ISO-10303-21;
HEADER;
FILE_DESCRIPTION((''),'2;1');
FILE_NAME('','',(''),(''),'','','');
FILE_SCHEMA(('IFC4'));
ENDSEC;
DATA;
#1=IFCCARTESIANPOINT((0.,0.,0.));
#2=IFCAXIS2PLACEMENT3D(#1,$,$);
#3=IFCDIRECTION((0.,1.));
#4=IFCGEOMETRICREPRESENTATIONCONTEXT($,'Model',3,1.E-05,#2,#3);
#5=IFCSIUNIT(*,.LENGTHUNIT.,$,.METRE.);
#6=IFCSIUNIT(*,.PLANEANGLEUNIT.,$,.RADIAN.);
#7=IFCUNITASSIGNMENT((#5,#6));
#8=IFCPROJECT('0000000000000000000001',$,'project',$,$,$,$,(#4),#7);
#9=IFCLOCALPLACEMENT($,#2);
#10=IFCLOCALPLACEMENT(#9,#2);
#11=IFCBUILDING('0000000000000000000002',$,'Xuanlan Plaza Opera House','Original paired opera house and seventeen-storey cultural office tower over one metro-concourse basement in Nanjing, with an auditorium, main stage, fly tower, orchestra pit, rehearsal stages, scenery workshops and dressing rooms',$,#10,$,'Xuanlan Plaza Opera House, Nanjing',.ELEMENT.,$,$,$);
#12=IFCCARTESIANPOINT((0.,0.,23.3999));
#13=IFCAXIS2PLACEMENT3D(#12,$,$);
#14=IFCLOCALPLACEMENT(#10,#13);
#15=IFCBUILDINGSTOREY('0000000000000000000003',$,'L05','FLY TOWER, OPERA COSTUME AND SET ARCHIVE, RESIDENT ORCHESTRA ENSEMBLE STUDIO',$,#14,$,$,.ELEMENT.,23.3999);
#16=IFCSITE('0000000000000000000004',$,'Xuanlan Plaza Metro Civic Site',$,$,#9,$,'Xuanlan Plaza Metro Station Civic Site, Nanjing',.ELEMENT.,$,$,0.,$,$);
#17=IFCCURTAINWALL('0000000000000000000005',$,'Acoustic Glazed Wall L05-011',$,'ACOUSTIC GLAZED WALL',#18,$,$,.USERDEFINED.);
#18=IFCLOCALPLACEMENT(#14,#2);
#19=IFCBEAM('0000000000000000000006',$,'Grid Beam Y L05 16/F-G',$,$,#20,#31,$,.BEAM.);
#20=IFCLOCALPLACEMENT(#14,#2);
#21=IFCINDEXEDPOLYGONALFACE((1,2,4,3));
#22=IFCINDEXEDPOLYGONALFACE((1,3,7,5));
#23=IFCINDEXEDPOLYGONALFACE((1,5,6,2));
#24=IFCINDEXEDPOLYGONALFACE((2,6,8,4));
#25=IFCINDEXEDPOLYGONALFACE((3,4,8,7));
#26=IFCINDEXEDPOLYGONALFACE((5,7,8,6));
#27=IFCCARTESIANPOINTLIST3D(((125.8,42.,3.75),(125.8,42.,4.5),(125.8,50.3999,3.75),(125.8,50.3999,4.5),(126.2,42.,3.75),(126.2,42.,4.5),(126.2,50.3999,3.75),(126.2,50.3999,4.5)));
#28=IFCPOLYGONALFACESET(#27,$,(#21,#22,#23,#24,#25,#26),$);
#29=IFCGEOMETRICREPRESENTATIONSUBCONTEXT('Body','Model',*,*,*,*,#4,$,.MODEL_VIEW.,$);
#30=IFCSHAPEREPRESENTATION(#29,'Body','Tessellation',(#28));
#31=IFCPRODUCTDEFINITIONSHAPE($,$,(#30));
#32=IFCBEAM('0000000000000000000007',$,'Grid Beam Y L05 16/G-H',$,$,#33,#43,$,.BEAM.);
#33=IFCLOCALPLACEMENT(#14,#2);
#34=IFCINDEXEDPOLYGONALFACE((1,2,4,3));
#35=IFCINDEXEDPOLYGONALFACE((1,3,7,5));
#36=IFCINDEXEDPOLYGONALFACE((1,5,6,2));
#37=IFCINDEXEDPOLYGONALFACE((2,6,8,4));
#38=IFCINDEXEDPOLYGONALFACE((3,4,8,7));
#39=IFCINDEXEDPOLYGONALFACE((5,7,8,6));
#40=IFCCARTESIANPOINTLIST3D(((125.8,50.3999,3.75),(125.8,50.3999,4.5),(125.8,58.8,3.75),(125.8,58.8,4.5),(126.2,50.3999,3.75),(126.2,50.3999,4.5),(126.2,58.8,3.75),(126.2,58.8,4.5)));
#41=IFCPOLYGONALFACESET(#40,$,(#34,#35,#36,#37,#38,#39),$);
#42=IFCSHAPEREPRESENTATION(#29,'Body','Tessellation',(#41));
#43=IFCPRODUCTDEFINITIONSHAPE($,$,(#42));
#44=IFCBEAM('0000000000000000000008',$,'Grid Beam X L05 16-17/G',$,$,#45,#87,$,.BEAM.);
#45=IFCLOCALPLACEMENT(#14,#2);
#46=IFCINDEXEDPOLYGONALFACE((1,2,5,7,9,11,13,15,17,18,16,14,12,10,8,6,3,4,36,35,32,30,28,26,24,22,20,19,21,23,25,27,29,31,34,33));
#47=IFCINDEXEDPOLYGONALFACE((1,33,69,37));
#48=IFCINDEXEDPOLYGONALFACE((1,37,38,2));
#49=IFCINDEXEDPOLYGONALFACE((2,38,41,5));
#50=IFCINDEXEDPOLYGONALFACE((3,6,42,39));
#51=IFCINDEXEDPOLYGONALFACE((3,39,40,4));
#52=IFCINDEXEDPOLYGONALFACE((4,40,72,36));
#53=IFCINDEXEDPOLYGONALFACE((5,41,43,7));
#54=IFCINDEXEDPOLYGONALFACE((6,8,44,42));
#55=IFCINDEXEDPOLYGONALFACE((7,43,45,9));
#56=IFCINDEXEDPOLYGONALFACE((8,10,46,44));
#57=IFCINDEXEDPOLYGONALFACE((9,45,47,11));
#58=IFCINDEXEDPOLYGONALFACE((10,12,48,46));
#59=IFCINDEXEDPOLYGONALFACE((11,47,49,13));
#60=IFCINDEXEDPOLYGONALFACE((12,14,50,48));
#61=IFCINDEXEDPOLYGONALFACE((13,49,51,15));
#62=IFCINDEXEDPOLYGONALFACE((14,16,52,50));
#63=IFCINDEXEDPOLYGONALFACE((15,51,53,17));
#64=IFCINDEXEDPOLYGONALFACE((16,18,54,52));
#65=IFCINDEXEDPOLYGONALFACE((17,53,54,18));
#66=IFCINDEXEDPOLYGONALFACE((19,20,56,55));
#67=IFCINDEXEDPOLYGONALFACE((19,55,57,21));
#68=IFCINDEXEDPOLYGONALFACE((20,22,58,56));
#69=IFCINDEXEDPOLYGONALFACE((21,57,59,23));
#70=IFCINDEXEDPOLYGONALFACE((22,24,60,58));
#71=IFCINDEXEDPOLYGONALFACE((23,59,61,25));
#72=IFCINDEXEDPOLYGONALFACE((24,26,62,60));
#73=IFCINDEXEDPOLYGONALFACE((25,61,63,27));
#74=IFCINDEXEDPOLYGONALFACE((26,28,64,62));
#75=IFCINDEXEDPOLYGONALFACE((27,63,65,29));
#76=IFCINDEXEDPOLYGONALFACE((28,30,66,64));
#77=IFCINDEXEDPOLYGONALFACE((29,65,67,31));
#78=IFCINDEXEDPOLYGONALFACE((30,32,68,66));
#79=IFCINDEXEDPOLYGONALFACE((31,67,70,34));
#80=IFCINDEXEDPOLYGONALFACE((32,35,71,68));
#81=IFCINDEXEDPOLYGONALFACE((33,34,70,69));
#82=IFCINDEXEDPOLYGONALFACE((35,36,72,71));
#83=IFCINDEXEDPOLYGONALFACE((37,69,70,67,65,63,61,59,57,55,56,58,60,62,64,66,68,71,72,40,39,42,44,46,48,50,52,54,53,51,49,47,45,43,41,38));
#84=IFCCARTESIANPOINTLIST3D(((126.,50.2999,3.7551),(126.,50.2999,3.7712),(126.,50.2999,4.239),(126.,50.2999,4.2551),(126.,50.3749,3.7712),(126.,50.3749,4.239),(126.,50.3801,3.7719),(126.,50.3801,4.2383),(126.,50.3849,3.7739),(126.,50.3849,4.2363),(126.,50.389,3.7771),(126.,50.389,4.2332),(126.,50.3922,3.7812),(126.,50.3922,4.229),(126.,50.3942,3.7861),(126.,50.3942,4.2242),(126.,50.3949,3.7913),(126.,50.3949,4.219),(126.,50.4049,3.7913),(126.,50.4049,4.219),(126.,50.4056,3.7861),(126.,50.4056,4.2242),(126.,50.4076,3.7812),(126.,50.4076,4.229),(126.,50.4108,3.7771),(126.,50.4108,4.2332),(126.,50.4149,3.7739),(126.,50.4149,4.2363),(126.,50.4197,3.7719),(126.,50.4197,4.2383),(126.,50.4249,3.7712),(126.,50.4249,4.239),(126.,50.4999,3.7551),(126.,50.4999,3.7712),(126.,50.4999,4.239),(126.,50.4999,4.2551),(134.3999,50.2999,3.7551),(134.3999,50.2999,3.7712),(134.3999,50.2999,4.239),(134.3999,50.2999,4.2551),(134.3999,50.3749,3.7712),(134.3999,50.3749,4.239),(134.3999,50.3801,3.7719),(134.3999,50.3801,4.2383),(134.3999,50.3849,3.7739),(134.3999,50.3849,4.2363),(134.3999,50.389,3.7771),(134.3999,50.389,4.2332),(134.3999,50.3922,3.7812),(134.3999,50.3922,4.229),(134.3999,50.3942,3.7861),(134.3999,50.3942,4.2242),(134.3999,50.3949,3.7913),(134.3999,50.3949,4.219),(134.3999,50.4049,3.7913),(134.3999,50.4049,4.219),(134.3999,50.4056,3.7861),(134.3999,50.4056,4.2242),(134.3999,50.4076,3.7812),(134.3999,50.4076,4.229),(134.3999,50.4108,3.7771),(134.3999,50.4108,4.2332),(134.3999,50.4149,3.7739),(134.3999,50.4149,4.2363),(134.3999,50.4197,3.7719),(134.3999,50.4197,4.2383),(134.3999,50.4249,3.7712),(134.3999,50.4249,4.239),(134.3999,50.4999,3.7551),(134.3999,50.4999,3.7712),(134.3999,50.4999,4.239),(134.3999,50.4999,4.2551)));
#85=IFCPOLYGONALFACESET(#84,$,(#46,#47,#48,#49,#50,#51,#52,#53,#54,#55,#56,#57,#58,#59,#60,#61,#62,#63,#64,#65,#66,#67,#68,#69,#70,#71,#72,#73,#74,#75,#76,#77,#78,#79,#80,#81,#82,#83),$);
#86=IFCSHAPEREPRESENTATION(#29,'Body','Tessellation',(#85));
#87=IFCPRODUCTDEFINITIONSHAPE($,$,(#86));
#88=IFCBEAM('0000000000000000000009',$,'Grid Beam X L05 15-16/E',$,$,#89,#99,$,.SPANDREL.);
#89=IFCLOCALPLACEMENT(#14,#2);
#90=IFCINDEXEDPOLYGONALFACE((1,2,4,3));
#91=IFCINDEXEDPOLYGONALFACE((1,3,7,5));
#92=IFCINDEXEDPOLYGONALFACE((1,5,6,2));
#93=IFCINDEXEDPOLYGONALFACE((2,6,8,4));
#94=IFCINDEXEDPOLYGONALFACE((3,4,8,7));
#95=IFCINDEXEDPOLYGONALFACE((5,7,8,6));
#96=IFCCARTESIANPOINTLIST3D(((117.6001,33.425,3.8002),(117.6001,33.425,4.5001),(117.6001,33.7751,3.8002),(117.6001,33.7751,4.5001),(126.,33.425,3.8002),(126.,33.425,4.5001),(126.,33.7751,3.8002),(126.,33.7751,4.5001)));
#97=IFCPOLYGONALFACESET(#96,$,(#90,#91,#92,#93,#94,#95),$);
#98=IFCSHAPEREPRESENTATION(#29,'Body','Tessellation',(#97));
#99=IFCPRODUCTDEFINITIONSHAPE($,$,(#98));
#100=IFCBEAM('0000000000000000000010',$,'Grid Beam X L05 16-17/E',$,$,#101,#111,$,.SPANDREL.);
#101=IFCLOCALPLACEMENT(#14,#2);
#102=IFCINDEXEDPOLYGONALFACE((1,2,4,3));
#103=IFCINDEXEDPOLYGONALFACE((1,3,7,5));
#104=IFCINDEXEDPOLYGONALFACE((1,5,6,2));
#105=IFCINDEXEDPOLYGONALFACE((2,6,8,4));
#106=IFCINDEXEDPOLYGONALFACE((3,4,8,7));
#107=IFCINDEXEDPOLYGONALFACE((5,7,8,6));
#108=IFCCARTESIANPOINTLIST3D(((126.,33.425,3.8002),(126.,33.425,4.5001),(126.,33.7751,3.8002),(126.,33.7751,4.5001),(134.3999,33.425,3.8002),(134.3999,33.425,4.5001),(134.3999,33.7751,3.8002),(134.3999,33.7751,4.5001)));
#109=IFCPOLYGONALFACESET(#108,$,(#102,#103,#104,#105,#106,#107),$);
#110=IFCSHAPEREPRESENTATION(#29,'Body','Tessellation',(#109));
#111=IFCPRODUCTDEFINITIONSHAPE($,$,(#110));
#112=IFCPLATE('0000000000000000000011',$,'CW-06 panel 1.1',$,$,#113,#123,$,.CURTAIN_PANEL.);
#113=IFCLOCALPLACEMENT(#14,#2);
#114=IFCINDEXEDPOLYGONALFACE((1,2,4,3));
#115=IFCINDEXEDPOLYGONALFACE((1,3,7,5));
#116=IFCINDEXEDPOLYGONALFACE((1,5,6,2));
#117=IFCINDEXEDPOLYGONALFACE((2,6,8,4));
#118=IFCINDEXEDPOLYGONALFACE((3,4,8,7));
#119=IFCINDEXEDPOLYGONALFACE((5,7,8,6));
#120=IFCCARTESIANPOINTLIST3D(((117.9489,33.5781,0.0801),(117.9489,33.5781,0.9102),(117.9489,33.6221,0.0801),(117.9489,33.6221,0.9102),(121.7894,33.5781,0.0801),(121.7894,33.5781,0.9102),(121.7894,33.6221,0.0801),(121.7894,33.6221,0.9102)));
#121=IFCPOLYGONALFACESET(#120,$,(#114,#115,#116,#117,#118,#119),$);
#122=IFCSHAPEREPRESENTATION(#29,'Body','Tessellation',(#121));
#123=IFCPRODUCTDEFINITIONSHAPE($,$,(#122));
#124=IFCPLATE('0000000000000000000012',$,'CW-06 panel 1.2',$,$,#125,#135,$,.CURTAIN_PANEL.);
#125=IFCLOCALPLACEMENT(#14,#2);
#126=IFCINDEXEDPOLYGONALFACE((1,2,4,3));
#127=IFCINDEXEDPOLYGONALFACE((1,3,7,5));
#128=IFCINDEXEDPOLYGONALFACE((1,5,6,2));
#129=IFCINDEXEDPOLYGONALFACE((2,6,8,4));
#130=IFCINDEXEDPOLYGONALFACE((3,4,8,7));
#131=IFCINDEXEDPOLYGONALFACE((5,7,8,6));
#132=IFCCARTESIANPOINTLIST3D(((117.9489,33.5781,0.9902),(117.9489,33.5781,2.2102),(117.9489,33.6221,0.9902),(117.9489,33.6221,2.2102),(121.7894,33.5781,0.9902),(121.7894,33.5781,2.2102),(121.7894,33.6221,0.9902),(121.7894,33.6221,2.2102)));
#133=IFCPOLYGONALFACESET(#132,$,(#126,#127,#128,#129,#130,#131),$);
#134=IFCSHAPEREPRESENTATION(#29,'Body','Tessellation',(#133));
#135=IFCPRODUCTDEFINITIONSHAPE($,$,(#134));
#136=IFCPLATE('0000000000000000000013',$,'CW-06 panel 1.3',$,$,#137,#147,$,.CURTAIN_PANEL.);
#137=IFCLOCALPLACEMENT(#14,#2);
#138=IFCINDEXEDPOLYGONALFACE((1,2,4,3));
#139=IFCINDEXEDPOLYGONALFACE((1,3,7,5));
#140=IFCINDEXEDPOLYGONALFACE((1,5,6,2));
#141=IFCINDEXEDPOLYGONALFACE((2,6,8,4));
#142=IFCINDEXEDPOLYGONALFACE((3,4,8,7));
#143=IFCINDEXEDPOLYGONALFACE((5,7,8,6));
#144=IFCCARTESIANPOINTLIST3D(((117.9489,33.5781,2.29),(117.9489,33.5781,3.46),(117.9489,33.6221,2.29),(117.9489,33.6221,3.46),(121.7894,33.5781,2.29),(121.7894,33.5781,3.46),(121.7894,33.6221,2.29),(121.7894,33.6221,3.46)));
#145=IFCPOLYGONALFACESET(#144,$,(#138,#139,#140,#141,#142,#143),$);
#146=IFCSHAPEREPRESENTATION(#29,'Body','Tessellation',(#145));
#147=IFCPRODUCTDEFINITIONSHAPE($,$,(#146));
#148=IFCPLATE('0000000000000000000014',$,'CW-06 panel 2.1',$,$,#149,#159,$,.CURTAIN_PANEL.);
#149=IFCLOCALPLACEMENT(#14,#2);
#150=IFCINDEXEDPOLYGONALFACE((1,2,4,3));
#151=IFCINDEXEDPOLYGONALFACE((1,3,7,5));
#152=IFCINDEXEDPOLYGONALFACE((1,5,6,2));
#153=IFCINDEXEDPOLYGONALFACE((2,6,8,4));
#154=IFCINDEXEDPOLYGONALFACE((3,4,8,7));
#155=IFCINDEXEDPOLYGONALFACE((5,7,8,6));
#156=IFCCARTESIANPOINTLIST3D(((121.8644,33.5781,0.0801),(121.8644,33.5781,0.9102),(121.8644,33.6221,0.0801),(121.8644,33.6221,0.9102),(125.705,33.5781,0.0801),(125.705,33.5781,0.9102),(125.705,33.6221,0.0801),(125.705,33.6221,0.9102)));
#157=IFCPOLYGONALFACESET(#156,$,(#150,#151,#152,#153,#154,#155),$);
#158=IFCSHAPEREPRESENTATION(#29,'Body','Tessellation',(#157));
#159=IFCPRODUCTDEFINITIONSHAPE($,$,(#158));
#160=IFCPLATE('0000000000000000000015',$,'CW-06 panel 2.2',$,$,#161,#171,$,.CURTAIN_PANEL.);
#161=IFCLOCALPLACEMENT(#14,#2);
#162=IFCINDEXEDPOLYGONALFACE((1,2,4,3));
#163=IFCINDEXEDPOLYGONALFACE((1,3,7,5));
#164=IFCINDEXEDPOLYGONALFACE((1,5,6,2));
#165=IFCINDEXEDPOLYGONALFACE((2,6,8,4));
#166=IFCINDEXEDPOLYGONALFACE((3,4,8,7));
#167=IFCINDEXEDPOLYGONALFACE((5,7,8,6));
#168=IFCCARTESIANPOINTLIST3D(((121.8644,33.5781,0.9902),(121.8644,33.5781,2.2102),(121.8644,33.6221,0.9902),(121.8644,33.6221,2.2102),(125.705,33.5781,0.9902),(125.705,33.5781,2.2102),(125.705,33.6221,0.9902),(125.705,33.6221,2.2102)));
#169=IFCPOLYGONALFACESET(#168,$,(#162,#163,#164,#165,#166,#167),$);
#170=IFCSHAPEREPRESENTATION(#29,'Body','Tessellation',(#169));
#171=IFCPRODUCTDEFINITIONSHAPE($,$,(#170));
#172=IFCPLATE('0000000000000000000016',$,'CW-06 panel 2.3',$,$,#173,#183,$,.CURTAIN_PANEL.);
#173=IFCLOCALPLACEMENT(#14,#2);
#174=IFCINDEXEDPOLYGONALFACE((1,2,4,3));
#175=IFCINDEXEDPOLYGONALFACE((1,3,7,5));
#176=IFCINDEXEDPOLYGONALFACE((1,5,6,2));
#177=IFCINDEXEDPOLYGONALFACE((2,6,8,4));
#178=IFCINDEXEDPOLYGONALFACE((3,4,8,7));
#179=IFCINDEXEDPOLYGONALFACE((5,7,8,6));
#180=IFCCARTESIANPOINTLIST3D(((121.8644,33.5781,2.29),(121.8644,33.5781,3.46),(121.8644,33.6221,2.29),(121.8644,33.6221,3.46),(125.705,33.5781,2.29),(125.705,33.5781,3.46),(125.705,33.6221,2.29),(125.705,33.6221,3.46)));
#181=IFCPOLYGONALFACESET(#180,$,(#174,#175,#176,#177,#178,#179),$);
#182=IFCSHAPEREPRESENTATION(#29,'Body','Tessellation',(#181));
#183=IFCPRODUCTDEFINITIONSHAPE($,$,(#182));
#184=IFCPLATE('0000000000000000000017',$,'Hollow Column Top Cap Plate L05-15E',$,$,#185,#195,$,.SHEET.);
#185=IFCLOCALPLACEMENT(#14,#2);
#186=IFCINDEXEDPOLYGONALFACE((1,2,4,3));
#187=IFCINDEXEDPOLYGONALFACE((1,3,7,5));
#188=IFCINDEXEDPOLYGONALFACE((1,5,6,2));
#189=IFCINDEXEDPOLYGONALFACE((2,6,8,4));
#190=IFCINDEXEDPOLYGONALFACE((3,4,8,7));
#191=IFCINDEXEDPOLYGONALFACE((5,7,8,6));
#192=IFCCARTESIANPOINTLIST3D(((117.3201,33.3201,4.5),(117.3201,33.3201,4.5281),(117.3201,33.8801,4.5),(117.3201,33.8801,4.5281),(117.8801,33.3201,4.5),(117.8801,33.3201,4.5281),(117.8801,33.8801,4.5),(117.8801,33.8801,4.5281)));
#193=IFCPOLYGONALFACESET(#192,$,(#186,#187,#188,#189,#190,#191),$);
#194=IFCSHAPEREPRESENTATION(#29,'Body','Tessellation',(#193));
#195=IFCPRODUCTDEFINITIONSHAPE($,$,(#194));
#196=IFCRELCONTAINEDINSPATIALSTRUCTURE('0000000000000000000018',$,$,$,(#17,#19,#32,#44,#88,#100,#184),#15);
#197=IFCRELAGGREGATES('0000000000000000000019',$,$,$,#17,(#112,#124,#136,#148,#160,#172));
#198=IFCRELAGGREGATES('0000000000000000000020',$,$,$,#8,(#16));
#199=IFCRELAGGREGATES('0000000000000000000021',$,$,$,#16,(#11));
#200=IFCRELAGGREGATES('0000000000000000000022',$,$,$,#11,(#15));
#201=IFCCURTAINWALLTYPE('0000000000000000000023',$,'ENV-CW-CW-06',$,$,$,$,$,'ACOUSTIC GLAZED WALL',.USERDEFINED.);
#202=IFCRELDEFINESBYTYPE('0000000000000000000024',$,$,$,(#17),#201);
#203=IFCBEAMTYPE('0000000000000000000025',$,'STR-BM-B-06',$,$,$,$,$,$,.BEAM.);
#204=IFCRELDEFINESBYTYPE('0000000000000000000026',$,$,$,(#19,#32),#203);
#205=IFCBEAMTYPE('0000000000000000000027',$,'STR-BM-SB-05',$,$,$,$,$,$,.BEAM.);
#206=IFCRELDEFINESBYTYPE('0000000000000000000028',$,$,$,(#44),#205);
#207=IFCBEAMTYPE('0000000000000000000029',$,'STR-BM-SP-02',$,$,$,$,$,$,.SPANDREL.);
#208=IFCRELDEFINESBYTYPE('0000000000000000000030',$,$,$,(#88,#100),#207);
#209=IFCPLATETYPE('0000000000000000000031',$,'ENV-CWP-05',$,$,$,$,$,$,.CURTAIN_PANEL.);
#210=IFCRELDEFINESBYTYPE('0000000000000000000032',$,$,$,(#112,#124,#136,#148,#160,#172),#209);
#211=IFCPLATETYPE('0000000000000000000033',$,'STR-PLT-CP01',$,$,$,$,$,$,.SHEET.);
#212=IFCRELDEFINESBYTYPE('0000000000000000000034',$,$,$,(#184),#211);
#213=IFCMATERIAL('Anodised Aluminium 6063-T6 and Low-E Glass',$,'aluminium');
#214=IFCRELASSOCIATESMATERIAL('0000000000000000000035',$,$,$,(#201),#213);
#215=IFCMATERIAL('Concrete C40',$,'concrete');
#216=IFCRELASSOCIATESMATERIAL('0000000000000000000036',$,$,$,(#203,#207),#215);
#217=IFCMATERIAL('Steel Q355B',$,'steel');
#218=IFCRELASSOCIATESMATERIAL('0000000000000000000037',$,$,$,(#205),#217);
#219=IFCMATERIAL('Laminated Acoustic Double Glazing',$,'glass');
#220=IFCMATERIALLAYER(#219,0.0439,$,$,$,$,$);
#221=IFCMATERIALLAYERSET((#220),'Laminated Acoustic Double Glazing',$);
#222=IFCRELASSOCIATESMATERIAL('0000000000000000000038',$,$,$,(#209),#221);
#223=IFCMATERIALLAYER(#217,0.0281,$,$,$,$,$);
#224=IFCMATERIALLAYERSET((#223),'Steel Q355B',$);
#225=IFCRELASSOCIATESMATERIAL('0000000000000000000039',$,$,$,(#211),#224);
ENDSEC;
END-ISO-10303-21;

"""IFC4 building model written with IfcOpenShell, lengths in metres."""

from ifc_helpers import new_model, si_unit, direction, frame, origin, origin_2d, place, context, subcontext, project, spatial, rectangle, i_section, extrude, material, layer, layer_set, material_profile, profile_set, type_object, element, aggregate, save


model = new_model("IFC4")

# Units and contexts
model_context = context("Model", 3, precision=1e-05, world=origin(), true_north=direction((0.0, 1.0)))
body_context = subcontext(model_context, "Body", "Model", "MODEL_VIEW")
ifc_project = project(units=[si_unit("LENGTHUNIT", "METRE"), si_unit("PLANEANGLEUNIT", "RADIAN")], contexts=[model_context])

# Site, building, storey
site_placement = place(None, origin())
site = spatial("IfcSite", under=ifc_project, at=site_placement, Name="Xuanlan Plaza Metro Civic Site", LongName="Xuanlan Plaza Metro Station Civic Site, Nanjing", CompositionType="ELEMENT", RefElevation=0.0)
building_placement = place(site_placement, origin())
building = spatial("IfcBuilding", under=site, at=building_placement, Name="Xuanlan Plaza Opera House", Description="Original paired opera house and seventeen-storey cultural office tower over one metro-concourse basement in Nanjing, with an auditorium, main stage, fly tower, orchestra pit, rehearsal stages, scenery workshops and dressing rooms", LongName="Xuanlan Plaza Opera House, Nanjing", CompositionType="ELEMENT")
storey_placement = place(building_placement, frame((0.0, 0.0, 23.3999)))
storey = spatial("IfcBuildingStorey", under=building, at=storey_placement, Name="L05", Description="FLY TOWER, OPERA COSTUME AND SET ARCHIVE, RESIDENT ORCHESTRA ENSEMBLE STUDIO", CompositionType="ELEMENT", Elevation=23.3999)

# Shared definitions
ifc_material_1 = material(Name="Steel Q355B", Category="steel")

# Shared definitions
ifc_material_2 = material(Name="Anodised Aluminium 6063-T6 and Low-E Glass", Category="aluminium")

# Curtain wall
curtain_wall_type_1 = type_object("IfcCurtainWallType", Name="ENV-CW-CW-06", ElementType="ACOUSTIC GLAZED WALL", PredefinedType="USERDEFINED", material=ifc_material_2)
curtain_wall_1_placement = place(storey_placement, origin())
curtain_wall_1 = element("IfcCurtainWall", 1, at=curtain_wall_1_placement, inside=storey, type_object=curtain_wall_type_1, Name="Acoustic Glazed Wall L05-011", ObjectType="ACOUSTIC GLAZED WALL", PredefinedType="USERDEFINED")

# Beams
ifc_material_3 = material(Name="Concrete C40", Category="concrete")
ifc_material_profile_1 = material_profile(ifc_material_3, rectangle(XDim=0.3999, YDim=0.75, at=origin_2d()), Name="RC-BM 400x750")
ifc_profile_set_1 = profile_set([ifc_material_profile_1], Name="Concrete C40")
beam_type_1 = type_object("IfcBeamType", Name="STR-BM-B-06", PredefinedType="BEAM", material=ifc_profile_set_1)
for number, where, z_axis, x_axis, name in (
    (2, (126.0, 42.0, 4.125), (0.0, 1.0, 0.0), (-1.0, 0.0, 0.0), "Grid Beam Y L05 16/F-G"),
):
    element("IfcBeam", number, at=place(storey_placement, frame(where, z_axis=z_axis, x_axis=x_axis)), inside=storey, type_object=beam_type_1, Name=name, PredefinedType="BEAM", context=body_context, shape_type="SweptSolid", body=[
        extrude(rectangle(XDim=0.3999, YDim=0.75, at=origin_2d()), origin(), (0.0, 0.0, 1.0), 8.3999),
    ])
beam_1_placement = place(storey_placement, frame((126.0, 50.3999, 4.125), z_axis=(0.0, 1.0, 0.0), x_axis=(-1.0, 0.0, 0.0)))
element("IfcBeam", 3, at=beam_1_placement, inside=storey, type_object=beam_type_1, Name="Grid Beam Y L05 16/G-H", PredefinedType="BEAM", context=body_context, shape_type="SweptSolid", body=[
    extrude(rectangle(XDim=0.3999, YDim=0.75, at=origin_2d()), origin(), (0.0, 0.0, 1.0), 8.4001),
])
ifc_material_profile_2 = material_profile(ifc_material_1, i_section(OverallWidth=0.2, OverallDepth=0.5, WebThickness=0.01, FlangeThickness=0.0161, FilletRadius=0.02, at=origin_2d()), Name="HN 500x200x10x16")
ifc_profile_set_2 = profile_set([ifc_material_profile_2], Name="Steel Q355B")
beam_type_2 = type_object("IfcBeamType", Name="STR-BM-SB-05", PredefinedType="BEAM", material=ifc_profile_set_2)
beam_2_placement = place(storey_placement, frame((126.0, 50.3999, 4.0051), z_axis=(1.0, 0.0, 0.0), x_axis=(0.0, 1.0, 0.0)))
element("IfcBeam", 4, at=beam_2_placement, inside=storey, type_object=beam_type_2, Name="Grid Beam X L05 16-17/G", PredefinedType="BEAM", context=body_context, shape_type="SweptSolid", body=[
    extrude(i_section(OverallWidth=0.2, OverallDepth=0.5, WebThickness=0.01, FlangeThickness=0.0161, FilletRadius=0.02, at=origin_2d()), origin(), (0.0, 0.0, 1.0), 8.3999),
])
ifc_material_profile_3 = material_profile(ifc_material_3, rectangle(XDim=0.3501, YDim=0.7, at=origin_2d()), Name="RC-SPD 350x700")
ifc_profile_set_3 = profile_set([ifc_material_profile_3], Name="Concrete C40")
beam_type_3 = type_object("IfcBeamType", Name="STR-BM-SP-02", PredefinedType="SPANDREL", material=ifc_profile_set_3)
for number, where, z_axis, x_axis, name in (
    (5, (117.6001, 33.6001, 4.1501), (1.0, 0.0, 0.0), (0.0, 1.0, 0.0), "Grid Beam X L05 15-16/E"),
    (6, (126.0, 33.6001, 4.1501), (1.0, 0.0, 0.0), (0.0, 1.0, 0.0), "Grid Beam X L05 16-17/E"),
):
    element("IfcBeam", number, at=place(storey_placement, frame(where, z_axis=z_axis, x_axis=x_axis)), inside=storey, type_object=beam_type_3, Name=name, PredefinedType="SPANDREL", context=body_context, shape_type="SweptSolid", body=[
        extrude(rectangle(XDim=0.3501, YDim=0.7, at=origin_2d()), origin(), (0.0, 0.0, 1.0), 8.3999),
    ])

# Plates
ifc_material_4 = material(Name="Laminated Acoustic Double Glazing", Category="glass")
ifc_layer_1 = layer(ifc_material_4, 0.0439)
ifc_layer_set_1 = layer_set([ifc_layer_1], Name="Laminated Acoustic Double Glazing")
plate_type_1 = type_object("IfcPlateType", Name="ENV-CWP-05", PredefinedType="CURTAIN_PANEL", material=ifc_layer_set_1)
plate_1_placement = place(storey_placement, frame((119.8691, 33.6001, 0.0801), z_axis=(0.0, 0.0, 1.0), x_axis=(1.0, 0.0, 0.0)))
plate_1 = element("IfcPlate", 7, at=plate_1_placement, type_object=plate_type_1, Name="CW-06 panel 1.1", PredefinedType="CURTAIN_PANEL", context=body_context, shape_type="SweptSolid", body=[
    extrude(rectangle(XDim=3.8406, YDim=0.0439, at=origin_2d()), origin(), (0.0, 0.0, 1.0), 0.8301),
])
plate_2_placement = place(storey_placement, frame((119.8691, 33.6001, 0.9902), z_axis=(0.0, 0.0, 1.0), x_axis=(1.0, 0.0, 0.0)))
plate_2 = element("IfcPlate", 8, at=plate_2_placement, type_object=plate_type_1, Name="CW-06 panel 1.2", PredefinedType="CURTAIN_PANEL", context=body_context, shape_type="SweptSolid", body=[
    extrude(rectangle(XDim=3.8406, YDim=0.0439, at=origin_2d()), origin(), (0.0, 0.0, 1.0), 1.22),
])
plate_3_placement = place(storey_placement, frame((119.8691, 33.6001, 2.29), z_axis=(0.0, 0.0, 1.0), x_axis=(1.0, 0.0, 0.0)))
plate_3 = element("IfcPlate", 9, at=plate_3_placement, type_object=plate_type_1, Name="CW-06 panel 1.3", PredefinedType="CURTAIN_PANEL", context=body_context, shape_type="SweptSolid", body=[
    extrude(rectangle(XDim=3.8406, YDim=0.0439, at=origin_2d()), origin(), (0.0, 0.0, 1.0), 1.1699),
])
plate_4_placement = place(storey_placement, frame((123.7847, 33.6001, 0.0801), z_axis=(0.0, 0.0, 1.0), x_axis=(1.0, 0.0, 0.0)))
plate_4 = element("IfcPlate", 10, at=plate_4_placement, type_object=plate_type_1, Name="CW-06 panel 2.1", PredefinedType="CURTAIN_PANEL", context=body_context, shape_type="SweptSolid", body=[
    extrude(rectangle(XDim=3.8406, YDim=0.0439, at=origin_2d()), origin(), (0.0, 0.0, 1.0), 0.8301),
])
plate_5_placement = place(storey_placement, frame((123.7847, 33.6001, 0.9902), z_axis=(0.0, 0.0, 1.0), x_axis=(1.0, 0.0, 0.0)))
plate_5 = element("IfcPlate", 11, at=plate_5_placement, type_object=plate_type_1, Name="CW-06 panel 2.2", PredefinedType="CURTAIN_PANEL", context=body_context, shape_type="SweptSolid", body=[
    extrude(rectangle(XDim=3.8406, YDim=0.0439, at=origin_2d()), origin(), (0.0, 0.0, 1.0), 1.22),
])
plate_6_placement = place(storey_placement, frame((123.7847, 33.6001, 2.29), z_axis=(0.0, 0.0, 1.0), x_axis=(1.0, 0.0, 0.0)))
plate_6 = element("IfcPlate", 12, at=plate_6_placement, type_object=plate_type_1, Name="CW-06 panel 2.3", PredefinedType="CURTAIN_PANEL", context=body_context, shape_type="SweptSolid", body=[
    extrude(rectangle(XDim=3.8406, YDim=0.0439, at=origin_2d()), origin(), (0.0, 0.0, 1.0), 1.1699),
])
aggregate(curtain_wall_1, [plate_1, plate_2, plate_3, plate_4, plate_5, plate_6])
ifc_layer_2 = layer(ifc_material_1, 0.0281)
ifc_layer_set_2 = layer_set([ifc_layer_2], Name="Steel Q355B")
plate_type_2 = type_object("IfcPlateType", Name="STR-PLT-CP01", PredefinedType="SHEET", material=ifc_layer_set_2)
plate_7_placement = place(storey_placement, frame((117.6001, 33.6001, 4.5), z_axis=(0.0, 0.0, 1.0), x_axis=(1.0, 0.0, 0.0)))
element("IfcPlate", 13, at=plate_7_placement, inside=storey, type_object=plate_type_2, Name="Hollow Column Top Cap Plate L05-15E", PredefinedType="SHEET", context=body_context, shape_type="SweptSolid", body=[
    extrude(rectangle(XDim=0.5601, YDim=0.5601, at=origin_2d()), origin(), (0.0, 0.0, 1.0), 0.0281),
])

save(model, "model.ifc")
